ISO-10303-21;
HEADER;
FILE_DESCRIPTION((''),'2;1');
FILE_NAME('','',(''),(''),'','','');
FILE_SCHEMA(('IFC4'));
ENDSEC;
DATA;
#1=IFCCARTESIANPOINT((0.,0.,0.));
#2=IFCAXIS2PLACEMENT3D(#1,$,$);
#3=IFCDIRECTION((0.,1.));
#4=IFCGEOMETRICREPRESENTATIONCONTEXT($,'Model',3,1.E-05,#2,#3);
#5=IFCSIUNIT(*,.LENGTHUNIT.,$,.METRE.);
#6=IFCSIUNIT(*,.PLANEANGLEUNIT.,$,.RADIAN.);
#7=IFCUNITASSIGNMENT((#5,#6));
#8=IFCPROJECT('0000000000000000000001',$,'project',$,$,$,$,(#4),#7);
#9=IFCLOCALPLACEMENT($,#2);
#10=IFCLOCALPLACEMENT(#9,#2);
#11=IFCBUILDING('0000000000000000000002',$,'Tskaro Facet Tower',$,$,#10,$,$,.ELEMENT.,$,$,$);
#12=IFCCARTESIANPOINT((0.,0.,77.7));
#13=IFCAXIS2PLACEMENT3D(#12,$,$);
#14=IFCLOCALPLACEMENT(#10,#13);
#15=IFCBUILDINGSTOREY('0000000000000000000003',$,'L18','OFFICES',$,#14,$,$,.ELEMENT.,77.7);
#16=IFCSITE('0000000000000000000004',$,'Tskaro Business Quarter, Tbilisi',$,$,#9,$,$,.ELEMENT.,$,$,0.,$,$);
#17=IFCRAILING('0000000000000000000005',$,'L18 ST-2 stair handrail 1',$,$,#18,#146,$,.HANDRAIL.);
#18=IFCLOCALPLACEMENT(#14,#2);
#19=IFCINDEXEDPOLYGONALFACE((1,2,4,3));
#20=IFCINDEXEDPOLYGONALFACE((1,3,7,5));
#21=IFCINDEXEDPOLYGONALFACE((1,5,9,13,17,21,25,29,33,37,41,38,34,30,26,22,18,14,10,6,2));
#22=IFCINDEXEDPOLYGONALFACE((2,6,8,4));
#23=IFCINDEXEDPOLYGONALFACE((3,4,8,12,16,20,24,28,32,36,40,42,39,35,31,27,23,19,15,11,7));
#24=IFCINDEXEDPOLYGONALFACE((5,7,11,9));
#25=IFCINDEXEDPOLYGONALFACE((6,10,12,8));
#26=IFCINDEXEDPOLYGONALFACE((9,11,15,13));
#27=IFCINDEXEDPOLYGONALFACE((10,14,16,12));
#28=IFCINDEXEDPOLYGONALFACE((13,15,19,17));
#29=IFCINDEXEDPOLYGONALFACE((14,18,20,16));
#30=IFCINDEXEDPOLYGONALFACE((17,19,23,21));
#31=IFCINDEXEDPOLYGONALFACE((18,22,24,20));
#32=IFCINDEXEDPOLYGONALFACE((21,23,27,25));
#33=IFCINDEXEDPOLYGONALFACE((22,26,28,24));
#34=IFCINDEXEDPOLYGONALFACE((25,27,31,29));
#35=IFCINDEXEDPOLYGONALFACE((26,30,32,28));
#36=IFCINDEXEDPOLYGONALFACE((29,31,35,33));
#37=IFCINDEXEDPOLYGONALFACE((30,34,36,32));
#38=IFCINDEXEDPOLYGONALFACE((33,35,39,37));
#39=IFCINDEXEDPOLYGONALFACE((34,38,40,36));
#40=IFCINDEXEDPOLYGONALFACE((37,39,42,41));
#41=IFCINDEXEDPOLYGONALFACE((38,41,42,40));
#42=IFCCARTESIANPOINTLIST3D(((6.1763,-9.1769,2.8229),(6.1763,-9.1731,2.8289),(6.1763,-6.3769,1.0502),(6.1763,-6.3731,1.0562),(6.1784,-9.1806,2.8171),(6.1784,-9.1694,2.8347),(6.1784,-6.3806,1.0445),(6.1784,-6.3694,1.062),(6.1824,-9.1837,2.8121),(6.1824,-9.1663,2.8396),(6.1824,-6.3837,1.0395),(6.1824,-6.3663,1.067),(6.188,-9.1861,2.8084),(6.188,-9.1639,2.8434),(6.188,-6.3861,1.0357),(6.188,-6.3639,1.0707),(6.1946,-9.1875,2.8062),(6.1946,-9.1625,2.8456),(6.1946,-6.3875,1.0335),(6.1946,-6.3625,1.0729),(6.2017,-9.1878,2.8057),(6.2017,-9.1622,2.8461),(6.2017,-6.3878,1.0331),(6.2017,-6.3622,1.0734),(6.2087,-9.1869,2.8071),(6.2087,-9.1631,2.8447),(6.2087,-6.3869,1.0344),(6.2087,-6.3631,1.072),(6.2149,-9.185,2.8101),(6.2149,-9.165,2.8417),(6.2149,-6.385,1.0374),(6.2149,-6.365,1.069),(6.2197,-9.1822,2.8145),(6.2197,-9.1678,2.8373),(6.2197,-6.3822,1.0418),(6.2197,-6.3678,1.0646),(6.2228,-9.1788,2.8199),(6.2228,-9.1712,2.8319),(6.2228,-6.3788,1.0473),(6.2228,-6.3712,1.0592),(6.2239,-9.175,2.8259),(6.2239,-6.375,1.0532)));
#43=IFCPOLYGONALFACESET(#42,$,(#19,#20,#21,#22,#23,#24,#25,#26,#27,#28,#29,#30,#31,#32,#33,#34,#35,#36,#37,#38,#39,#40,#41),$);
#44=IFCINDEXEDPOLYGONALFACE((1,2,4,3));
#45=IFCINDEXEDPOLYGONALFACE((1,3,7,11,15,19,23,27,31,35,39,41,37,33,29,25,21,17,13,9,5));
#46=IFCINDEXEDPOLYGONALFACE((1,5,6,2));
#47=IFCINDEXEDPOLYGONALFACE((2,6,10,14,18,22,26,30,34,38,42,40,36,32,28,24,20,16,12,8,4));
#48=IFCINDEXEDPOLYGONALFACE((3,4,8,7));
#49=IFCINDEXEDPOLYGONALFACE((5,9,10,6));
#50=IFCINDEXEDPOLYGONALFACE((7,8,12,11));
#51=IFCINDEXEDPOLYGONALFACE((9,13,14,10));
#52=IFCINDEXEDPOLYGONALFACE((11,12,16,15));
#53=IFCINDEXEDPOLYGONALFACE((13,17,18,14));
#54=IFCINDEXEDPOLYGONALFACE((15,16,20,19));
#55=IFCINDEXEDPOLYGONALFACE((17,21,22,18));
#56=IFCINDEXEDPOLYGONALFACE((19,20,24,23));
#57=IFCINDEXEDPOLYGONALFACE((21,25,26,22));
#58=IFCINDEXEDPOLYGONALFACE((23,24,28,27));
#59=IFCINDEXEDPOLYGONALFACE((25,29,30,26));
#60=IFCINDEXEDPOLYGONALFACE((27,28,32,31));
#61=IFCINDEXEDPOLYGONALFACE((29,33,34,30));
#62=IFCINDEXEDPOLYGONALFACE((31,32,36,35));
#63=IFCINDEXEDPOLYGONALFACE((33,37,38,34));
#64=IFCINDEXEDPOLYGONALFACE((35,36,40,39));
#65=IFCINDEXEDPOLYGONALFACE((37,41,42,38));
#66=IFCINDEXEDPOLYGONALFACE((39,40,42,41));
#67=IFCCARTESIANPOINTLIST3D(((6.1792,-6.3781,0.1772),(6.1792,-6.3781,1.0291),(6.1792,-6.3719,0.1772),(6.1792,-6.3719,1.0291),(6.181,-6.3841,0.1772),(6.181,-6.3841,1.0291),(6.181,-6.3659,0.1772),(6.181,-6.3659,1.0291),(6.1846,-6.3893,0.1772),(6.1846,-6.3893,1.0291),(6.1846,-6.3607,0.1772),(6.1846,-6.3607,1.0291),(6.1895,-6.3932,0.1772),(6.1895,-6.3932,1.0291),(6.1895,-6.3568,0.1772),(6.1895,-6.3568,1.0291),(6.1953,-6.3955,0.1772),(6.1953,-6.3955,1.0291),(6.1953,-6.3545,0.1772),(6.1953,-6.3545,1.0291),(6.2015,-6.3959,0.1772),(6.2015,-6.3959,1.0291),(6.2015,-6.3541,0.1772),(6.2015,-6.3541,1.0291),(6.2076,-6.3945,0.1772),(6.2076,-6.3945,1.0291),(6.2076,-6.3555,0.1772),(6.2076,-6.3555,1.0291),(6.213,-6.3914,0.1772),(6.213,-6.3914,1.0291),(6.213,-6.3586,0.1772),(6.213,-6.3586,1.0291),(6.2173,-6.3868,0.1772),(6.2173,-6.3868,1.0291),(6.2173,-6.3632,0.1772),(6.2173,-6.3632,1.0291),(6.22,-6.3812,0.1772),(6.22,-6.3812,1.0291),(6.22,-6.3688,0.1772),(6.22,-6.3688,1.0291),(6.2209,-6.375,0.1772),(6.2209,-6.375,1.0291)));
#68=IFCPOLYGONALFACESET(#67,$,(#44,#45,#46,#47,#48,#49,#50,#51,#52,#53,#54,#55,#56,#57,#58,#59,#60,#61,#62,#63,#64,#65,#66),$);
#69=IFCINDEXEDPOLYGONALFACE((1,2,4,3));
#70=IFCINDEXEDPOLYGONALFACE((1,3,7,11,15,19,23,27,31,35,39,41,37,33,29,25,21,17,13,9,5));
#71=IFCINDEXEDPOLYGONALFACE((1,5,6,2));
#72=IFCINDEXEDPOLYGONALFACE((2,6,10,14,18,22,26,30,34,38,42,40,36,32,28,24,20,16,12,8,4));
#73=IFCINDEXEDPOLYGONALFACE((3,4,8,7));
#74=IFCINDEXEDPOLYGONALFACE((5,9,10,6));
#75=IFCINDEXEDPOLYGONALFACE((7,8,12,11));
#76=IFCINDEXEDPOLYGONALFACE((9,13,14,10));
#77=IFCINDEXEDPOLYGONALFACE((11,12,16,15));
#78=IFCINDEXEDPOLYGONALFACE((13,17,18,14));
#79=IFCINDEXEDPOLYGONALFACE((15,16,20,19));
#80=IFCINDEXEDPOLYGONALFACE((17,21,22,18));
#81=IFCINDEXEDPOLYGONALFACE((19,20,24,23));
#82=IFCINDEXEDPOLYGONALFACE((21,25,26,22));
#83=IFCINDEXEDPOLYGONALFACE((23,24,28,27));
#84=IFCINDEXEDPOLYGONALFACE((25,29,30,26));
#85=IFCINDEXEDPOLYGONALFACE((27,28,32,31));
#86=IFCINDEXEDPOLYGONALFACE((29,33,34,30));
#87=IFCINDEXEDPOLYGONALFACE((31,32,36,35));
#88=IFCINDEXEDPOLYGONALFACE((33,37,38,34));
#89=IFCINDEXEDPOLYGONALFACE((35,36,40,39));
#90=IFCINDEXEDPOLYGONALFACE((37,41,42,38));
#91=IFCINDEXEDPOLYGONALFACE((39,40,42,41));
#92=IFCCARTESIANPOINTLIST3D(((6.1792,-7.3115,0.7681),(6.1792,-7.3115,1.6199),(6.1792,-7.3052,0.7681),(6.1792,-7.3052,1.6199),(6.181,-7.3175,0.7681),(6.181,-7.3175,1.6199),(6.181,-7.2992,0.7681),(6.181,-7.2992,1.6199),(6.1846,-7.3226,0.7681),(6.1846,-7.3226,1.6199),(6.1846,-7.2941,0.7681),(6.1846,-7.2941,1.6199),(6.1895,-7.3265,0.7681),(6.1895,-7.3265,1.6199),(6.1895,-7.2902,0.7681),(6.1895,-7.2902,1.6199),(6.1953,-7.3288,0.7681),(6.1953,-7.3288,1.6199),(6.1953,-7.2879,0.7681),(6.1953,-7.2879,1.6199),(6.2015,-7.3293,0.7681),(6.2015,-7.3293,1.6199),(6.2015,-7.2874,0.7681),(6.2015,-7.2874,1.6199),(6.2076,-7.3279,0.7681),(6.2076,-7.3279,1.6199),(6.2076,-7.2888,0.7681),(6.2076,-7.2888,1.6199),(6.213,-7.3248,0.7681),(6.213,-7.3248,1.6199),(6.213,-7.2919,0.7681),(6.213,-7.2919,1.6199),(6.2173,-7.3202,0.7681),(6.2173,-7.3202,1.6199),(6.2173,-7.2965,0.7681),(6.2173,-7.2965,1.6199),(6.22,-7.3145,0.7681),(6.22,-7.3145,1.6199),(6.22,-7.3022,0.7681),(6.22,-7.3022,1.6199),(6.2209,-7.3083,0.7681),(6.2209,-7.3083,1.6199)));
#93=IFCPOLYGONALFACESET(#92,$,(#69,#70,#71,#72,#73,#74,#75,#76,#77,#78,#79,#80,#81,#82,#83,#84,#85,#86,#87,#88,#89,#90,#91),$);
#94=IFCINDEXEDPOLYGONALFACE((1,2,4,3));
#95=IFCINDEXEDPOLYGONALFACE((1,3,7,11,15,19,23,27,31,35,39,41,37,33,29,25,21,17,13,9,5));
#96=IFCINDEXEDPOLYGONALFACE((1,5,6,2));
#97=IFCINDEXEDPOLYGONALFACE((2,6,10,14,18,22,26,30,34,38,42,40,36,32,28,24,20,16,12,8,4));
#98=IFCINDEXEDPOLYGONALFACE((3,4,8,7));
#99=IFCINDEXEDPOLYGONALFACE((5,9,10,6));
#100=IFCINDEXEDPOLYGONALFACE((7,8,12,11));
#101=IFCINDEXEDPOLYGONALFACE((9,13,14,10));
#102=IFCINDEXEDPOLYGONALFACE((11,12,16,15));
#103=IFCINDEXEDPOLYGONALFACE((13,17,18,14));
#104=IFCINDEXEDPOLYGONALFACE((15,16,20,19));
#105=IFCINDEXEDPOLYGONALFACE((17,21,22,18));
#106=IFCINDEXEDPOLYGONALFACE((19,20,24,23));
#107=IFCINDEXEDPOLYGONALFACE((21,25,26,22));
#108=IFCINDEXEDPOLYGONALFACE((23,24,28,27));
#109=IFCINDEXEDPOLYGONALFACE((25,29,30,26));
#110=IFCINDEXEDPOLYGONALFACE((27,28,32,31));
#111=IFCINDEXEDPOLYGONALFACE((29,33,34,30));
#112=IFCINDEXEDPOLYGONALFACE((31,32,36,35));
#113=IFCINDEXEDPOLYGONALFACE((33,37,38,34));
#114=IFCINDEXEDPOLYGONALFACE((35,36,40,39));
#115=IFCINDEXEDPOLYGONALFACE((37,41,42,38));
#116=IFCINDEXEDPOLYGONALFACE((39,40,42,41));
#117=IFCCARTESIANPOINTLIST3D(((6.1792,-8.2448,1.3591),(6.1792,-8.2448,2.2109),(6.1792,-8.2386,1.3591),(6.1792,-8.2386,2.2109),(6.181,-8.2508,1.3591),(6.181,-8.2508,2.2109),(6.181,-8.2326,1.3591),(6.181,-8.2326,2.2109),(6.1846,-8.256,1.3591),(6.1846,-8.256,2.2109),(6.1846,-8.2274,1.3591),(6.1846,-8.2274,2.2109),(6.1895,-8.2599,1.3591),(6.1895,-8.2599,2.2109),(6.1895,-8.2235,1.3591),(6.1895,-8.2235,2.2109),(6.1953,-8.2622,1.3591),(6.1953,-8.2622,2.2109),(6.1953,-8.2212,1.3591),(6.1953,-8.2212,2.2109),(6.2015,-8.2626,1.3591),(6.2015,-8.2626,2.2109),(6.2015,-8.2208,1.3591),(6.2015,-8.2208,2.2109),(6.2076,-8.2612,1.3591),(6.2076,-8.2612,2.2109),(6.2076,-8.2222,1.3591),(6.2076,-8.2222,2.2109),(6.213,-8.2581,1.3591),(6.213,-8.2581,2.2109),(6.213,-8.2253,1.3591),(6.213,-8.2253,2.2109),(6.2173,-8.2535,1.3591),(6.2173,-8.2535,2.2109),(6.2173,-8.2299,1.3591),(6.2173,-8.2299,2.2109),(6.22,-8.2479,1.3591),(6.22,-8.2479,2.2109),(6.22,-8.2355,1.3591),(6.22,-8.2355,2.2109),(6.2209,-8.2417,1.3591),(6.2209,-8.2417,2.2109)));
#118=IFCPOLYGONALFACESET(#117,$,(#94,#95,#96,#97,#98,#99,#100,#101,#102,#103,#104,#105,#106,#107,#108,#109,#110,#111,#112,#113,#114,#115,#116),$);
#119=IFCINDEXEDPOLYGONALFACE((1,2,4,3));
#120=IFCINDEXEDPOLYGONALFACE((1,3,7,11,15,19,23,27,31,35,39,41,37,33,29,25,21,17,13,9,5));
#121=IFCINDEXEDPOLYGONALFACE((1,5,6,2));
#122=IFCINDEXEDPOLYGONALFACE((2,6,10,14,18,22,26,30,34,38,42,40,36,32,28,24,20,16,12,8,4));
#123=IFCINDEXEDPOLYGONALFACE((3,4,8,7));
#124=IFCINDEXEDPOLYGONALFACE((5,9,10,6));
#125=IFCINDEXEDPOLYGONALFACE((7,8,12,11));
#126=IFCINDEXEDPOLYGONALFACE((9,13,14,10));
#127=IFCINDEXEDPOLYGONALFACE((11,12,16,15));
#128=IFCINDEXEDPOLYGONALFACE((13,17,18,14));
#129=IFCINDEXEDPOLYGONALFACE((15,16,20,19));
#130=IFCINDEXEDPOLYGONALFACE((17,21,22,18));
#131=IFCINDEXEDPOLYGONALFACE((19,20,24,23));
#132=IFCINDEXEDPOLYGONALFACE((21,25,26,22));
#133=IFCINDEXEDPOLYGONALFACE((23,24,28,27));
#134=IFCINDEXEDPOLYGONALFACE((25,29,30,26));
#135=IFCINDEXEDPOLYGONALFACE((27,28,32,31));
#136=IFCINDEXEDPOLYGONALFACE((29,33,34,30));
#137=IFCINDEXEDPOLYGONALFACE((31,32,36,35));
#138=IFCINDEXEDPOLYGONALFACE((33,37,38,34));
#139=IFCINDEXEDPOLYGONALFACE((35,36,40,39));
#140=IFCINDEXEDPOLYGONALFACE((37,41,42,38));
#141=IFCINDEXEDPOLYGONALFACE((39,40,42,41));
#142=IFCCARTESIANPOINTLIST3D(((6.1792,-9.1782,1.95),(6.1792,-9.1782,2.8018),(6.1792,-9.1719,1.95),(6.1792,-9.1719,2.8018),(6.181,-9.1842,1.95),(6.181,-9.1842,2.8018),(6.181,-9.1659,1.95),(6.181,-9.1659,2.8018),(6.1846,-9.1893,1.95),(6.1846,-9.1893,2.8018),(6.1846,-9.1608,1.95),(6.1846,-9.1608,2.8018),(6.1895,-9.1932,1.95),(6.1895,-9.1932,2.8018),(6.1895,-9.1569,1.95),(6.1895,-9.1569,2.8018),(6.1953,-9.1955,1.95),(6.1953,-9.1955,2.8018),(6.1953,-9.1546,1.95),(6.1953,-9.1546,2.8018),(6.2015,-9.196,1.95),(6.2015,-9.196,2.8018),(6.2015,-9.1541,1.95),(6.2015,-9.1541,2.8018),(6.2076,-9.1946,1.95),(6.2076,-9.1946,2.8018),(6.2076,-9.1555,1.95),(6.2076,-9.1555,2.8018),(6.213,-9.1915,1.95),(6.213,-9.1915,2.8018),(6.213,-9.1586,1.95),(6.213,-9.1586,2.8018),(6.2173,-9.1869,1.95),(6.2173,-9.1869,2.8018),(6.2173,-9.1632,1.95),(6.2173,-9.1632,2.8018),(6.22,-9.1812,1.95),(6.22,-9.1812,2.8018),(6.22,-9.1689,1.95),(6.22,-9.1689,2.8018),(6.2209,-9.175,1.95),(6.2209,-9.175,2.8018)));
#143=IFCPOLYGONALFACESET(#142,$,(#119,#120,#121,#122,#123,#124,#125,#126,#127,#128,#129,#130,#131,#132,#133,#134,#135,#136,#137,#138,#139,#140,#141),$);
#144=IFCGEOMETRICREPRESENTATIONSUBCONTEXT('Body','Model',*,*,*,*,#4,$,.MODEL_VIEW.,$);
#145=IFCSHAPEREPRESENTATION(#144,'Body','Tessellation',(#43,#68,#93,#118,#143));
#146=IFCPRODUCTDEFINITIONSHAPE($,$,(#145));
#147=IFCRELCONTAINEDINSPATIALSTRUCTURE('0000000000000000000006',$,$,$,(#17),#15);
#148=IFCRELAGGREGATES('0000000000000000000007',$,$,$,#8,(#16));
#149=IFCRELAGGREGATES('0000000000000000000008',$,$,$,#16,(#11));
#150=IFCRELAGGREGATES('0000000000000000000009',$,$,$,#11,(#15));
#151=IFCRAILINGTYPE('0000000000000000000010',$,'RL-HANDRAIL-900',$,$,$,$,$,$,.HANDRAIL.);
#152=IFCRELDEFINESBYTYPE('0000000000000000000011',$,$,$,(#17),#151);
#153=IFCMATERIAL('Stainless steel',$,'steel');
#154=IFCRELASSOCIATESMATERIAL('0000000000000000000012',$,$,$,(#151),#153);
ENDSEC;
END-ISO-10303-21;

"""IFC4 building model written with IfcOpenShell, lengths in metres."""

from ifc_helpers import new_model, si_unit, direction, frame, origin, origin_2d, place, context, subcontext, project, spatial, circle, extrude, material, type_object, element, save


model = new_model("IFC4")

# Units and contexts
model_context = context("Model", 3, precision=1e-05, world=origin(), true_north=direction((0.0, 1.0)))
body_context = subcontext(model_context, "Body", "Model", "MODEL_VIEW")
ifc_project = project(units=[si_unit("LENGTHUNIT", "METRE"), si_unit("PLANEANGLEUNIT", "RADIAN")], contexts=[model_context])

# Site, building, storey
site_placement = place(None, origin())
site = spatial("IfcSite", under=ifc_project, at=site_placement, Name="Tskaro Business Quarter, Tbilisi", CompositionType="ELEMENT", RefElevation=0.0)
building_placement = place(site_placement, origin())
building = spatial("IfcBuilding", under=site, at=building_placement, Name="Tskaro Facet Tower", CompositionType="ELEMENT")
storey_placement = place(building_placement, frame((0.0, 0.0, 77.7)))
storey = spatial("IfcBuildingStorey", under=building, at=storey_placement, Name="L18", Description="OFFICES", CompositionType="ELEMENT", Elevation=77.7)

# Railing
ifc_material_1 = material(Name="Stainless steel", Category="steel")
railing_type_1 = type_object("IfcRailingType", Name="RL-HANDRAIL-900", PredefinedType="HANDRAIL", material=ifc_material_1)
railing_1_placement = place(storey_placement, frame((6.2, -6.375, 0.1772)))
element("IfcRailing", 1, at=railing_1_placement, inside=storey, type_object=railing_type_1, Name="L18 ST-2 stair handrail 1", PredefinedType="HANDRAIL", context=body_context, shape_type="SweptSolid", body=[
    extrude(circle(Radius=0.0239, at=origin_2d()), frame((0.0, 0.0, 0.876), z_axis=(0.0, -0.844909, 0.53491), x_axis=(1.0, 0.0, 0.0)), (0.0, 0.0, 1.0), 3.314),
    extrude(circle(Radius=0.021, at=origin_2d()), origin(), (0.0, 0.0, 1.0), 0.8518),
    extrude(circle(Radius=0.021, at=origin_2d()), frame((0.0, -0.9333, 0.5908)), (0.0, 0.0, 1.0), 0.8518),
    extrude(circle(Radius=0.021, at=origin_2d()), frame((0.0, -1.8667, 1.1819)), (0.0, 0.0, 1.0), 0.8518),
    extrude(circle(Radius=0.021, at=origin_2d()), frame((0.0, -2.8, 1.7727)), (0.0, 0.0, 1.0), 0.8518),
])

save(model, "model.ifc")
